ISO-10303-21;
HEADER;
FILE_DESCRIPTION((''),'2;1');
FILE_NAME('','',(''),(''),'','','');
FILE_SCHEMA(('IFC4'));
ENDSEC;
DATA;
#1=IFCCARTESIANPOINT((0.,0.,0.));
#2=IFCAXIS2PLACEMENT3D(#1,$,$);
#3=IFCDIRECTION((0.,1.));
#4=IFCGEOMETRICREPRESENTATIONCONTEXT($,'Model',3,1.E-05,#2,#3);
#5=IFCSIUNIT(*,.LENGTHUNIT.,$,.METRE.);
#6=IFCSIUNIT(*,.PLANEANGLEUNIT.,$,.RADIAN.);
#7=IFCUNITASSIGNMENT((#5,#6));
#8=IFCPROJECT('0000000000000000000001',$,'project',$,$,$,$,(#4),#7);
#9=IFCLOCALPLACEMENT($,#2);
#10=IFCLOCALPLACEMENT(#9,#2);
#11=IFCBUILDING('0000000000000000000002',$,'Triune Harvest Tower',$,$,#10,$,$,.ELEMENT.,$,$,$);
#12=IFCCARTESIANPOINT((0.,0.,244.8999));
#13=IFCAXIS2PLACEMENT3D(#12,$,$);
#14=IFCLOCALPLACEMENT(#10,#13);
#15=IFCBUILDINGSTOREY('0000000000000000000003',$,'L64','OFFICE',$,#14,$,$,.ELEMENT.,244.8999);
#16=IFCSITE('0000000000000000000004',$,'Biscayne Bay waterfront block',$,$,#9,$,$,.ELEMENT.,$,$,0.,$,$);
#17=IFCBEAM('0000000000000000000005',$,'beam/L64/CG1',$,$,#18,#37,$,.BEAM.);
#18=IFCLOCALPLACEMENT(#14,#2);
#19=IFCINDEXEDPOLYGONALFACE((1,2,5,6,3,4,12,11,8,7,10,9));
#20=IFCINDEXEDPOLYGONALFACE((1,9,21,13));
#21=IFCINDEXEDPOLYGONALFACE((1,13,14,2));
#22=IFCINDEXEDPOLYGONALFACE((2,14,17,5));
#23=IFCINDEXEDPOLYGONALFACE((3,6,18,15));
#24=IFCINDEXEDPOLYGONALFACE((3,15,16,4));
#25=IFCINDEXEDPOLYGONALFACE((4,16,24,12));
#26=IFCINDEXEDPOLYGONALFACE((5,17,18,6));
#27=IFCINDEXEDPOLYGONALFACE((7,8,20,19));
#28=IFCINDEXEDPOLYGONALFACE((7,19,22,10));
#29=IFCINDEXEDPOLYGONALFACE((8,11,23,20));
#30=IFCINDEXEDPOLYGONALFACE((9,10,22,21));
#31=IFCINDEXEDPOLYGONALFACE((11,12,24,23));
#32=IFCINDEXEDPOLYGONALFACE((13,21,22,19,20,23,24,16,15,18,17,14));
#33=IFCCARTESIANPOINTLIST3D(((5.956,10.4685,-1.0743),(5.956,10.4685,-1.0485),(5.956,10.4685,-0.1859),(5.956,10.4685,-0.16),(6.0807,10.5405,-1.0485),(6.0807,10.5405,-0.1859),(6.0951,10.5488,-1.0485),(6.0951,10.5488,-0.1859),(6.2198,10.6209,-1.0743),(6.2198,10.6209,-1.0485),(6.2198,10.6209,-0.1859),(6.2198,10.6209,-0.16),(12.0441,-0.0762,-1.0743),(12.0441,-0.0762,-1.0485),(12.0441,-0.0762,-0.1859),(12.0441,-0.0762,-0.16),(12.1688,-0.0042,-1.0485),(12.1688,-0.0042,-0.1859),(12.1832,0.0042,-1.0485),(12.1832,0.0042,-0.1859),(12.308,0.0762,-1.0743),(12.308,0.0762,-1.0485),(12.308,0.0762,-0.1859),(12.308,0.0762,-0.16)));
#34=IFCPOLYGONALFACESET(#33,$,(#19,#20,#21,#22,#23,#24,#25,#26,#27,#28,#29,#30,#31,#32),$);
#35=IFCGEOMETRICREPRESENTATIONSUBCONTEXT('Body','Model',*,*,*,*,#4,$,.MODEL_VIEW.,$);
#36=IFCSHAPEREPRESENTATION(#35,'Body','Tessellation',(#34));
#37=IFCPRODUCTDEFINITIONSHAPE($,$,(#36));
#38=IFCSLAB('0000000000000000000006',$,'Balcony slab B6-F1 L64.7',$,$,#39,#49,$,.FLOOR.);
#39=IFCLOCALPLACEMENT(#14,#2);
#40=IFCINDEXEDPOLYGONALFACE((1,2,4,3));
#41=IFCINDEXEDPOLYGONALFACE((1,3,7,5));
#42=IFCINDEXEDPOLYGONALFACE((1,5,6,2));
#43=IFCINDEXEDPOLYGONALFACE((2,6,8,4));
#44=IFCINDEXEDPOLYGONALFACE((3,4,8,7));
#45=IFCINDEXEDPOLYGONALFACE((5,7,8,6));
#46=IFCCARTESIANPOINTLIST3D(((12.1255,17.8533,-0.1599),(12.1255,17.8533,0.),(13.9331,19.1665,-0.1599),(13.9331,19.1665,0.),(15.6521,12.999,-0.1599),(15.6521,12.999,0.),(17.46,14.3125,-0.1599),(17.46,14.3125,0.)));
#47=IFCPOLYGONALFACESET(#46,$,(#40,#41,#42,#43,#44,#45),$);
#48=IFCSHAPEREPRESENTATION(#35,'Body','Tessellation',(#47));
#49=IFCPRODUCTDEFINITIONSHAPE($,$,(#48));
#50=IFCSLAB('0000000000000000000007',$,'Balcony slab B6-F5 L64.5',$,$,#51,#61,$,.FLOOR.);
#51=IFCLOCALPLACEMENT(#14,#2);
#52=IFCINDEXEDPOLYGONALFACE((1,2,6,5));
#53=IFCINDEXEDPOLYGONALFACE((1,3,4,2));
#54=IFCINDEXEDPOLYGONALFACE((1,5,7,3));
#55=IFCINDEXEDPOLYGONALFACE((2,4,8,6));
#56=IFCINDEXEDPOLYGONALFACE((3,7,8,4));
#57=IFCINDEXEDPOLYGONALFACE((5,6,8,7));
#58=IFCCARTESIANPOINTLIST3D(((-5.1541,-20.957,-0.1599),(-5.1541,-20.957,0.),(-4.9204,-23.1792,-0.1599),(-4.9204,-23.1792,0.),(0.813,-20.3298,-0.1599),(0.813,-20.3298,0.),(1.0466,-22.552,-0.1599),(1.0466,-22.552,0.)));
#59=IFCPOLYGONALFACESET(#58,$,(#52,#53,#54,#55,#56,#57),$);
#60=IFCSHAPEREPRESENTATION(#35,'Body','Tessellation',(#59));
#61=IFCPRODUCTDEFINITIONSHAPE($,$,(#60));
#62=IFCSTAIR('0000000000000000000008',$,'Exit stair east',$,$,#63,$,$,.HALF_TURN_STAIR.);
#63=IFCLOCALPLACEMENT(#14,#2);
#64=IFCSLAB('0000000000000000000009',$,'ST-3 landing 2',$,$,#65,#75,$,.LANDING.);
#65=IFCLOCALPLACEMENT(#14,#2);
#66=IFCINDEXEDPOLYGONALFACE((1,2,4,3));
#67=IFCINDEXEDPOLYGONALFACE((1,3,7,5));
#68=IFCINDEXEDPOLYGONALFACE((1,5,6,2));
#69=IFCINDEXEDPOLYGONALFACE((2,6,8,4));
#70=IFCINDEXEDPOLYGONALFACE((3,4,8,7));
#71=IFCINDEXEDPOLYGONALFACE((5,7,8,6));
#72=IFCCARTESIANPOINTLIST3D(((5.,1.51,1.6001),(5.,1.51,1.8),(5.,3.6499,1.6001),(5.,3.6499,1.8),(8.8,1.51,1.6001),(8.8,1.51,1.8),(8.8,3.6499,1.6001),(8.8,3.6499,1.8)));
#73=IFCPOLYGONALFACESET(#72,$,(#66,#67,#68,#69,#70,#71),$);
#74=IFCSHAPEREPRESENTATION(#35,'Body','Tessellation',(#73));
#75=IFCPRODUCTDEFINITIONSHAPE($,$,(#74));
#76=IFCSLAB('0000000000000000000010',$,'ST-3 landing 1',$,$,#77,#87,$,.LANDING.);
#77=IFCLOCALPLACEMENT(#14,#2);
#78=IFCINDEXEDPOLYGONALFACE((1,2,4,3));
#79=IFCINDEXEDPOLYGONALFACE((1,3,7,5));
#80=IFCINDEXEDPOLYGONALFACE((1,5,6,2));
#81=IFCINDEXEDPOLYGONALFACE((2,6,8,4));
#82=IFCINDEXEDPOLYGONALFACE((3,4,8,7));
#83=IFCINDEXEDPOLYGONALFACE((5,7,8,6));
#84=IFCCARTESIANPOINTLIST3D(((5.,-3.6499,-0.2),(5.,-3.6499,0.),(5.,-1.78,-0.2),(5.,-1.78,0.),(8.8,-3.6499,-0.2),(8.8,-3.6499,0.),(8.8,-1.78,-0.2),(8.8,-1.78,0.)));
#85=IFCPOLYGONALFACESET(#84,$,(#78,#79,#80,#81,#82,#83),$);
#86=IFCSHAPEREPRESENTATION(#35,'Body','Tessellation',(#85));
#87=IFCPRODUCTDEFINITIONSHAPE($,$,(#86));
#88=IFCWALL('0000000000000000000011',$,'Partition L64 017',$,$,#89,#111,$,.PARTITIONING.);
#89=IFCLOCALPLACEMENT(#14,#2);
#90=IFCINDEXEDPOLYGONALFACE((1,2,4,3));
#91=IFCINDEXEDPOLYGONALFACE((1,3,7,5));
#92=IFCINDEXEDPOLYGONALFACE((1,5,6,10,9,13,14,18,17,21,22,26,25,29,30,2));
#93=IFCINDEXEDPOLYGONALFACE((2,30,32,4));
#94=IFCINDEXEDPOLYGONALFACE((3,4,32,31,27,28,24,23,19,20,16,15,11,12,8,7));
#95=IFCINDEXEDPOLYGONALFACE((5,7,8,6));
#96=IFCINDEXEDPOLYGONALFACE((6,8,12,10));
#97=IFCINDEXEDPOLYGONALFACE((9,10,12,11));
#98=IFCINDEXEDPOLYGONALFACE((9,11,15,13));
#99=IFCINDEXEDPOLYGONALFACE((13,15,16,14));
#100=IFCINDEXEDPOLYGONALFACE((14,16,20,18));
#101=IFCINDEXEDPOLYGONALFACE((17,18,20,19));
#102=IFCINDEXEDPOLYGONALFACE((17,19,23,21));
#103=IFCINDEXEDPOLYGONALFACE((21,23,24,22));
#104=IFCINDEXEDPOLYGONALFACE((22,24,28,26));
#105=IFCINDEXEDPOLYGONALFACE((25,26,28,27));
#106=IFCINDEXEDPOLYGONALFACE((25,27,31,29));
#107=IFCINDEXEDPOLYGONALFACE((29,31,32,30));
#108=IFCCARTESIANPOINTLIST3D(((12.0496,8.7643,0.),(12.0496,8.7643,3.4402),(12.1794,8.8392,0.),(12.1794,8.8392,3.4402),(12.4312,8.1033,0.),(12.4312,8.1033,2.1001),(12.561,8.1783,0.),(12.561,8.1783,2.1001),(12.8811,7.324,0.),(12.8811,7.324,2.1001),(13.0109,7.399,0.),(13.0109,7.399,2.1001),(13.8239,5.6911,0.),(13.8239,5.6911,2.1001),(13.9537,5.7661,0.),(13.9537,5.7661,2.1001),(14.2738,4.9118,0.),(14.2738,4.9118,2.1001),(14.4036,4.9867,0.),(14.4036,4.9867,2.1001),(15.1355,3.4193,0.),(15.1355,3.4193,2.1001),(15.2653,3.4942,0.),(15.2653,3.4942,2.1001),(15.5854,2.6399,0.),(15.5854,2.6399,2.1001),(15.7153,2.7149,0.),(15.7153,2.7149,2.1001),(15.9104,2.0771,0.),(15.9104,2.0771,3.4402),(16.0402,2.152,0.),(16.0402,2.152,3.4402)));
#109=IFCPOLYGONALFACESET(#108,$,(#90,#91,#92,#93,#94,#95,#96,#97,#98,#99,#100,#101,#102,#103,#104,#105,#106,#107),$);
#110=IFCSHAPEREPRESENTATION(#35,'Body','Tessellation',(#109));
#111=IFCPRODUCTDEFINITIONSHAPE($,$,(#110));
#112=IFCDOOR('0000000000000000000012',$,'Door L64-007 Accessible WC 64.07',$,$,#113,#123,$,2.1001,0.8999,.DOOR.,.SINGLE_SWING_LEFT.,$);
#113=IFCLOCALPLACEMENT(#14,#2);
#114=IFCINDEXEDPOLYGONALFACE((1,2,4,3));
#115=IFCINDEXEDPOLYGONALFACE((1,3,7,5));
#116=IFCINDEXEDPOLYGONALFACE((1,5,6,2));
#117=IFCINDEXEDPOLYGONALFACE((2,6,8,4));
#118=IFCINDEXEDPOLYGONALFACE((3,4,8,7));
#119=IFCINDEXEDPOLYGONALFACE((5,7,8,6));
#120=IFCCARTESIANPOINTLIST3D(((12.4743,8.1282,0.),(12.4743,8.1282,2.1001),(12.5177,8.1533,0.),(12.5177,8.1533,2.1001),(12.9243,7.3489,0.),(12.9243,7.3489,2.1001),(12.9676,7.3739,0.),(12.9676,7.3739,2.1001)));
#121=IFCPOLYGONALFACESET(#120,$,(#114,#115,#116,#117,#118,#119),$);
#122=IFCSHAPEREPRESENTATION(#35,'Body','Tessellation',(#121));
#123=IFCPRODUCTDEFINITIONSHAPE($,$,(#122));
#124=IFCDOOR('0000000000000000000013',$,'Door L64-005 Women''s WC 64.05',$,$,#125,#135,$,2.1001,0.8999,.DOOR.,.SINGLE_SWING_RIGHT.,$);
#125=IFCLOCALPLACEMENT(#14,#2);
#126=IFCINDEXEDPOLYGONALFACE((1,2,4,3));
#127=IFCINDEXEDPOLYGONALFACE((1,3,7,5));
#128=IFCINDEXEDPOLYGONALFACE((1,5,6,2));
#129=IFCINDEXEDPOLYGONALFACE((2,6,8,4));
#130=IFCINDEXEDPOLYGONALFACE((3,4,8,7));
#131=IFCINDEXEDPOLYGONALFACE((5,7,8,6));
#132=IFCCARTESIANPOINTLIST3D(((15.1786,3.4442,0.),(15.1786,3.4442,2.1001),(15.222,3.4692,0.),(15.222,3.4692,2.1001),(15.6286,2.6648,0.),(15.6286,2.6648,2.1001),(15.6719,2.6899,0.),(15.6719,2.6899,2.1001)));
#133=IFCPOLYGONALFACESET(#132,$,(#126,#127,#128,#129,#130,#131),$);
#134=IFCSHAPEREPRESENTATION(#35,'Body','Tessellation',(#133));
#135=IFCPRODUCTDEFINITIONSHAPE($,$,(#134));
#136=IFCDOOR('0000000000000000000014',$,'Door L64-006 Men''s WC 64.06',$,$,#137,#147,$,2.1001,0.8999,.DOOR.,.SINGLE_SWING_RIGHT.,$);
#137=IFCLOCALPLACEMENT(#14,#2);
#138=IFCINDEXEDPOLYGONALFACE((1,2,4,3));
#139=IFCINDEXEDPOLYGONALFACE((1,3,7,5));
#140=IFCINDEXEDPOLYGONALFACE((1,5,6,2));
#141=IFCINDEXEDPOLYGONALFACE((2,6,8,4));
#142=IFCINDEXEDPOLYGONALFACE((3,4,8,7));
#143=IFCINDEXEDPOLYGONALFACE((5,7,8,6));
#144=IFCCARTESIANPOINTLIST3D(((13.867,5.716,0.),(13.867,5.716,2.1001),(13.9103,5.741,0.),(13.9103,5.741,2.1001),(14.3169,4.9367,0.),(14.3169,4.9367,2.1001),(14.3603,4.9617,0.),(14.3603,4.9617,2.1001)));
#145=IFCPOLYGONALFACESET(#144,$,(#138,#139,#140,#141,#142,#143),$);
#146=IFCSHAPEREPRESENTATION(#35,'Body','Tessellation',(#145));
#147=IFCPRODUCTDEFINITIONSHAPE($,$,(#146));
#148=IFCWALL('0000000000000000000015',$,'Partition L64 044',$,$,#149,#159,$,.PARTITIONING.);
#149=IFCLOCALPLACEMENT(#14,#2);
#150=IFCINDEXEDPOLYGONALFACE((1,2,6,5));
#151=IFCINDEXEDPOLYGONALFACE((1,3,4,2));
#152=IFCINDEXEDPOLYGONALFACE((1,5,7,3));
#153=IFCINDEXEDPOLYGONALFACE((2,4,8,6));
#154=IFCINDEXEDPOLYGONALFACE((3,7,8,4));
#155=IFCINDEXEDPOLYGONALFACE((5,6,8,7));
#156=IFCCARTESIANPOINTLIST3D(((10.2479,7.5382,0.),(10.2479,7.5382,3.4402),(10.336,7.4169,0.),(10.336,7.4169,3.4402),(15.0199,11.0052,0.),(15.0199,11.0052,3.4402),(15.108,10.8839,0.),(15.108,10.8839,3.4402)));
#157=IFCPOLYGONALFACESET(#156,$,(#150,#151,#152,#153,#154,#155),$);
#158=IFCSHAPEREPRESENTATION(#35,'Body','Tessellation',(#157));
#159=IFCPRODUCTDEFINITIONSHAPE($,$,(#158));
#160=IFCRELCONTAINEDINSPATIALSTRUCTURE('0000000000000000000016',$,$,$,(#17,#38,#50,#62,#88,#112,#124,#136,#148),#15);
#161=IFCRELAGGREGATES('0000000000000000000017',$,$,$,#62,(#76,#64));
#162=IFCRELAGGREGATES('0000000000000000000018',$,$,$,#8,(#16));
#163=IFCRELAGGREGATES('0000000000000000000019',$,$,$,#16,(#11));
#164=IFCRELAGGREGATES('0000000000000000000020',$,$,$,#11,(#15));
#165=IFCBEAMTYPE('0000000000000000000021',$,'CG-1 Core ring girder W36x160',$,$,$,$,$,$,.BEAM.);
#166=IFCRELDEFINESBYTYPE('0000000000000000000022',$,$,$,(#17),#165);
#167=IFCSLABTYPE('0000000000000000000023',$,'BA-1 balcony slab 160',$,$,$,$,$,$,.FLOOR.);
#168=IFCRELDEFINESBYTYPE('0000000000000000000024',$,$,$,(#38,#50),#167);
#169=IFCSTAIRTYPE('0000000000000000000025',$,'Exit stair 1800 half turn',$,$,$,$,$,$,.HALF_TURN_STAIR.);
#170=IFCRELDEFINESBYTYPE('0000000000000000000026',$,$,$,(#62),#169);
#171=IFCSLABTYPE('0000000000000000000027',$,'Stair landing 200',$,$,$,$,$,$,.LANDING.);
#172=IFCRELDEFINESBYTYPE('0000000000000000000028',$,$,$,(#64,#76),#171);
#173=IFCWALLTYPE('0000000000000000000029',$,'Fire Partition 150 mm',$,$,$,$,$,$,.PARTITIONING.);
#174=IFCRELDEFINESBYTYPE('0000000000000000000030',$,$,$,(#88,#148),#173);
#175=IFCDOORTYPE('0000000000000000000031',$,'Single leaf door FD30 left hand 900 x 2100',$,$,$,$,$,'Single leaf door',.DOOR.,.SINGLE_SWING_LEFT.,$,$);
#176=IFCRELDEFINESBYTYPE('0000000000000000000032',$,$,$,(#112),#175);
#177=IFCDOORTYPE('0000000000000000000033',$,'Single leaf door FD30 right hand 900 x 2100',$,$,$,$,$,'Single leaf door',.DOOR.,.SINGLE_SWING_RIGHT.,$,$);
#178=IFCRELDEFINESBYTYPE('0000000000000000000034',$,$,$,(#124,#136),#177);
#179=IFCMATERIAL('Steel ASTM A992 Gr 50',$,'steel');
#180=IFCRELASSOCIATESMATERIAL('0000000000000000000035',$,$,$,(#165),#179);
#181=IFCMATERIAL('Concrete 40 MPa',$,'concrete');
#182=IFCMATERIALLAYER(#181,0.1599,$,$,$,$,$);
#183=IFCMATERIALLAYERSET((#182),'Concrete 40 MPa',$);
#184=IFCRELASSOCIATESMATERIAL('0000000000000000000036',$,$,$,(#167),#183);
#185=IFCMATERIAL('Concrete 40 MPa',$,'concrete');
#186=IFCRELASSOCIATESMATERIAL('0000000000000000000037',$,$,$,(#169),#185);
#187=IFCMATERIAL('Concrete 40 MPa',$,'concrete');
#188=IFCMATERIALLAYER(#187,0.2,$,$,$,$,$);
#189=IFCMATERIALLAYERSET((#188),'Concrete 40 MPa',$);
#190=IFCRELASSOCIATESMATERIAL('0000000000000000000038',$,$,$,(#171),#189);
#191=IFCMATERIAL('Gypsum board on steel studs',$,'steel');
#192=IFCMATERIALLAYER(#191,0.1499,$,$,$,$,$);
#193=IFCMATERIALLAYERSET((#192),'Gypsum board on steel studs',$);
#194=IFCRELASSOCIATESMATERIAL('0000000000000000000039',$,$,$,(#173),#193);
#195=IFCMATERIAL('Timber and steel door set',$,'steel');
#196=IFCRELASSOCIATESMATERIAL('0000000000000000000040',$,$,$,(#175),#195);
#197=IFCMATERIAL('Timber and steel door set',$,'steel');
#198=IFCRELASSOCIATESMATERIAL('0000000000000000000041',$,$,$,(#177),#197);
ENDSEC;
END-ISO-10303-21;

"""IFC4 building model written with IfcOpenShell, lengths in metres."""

from ifc_helpers import new_model, si_unit, direction, frame, frame_2d, origin, origin_2d, place, context, subcontext, project, spatial, polyline, rectangle, i_section, outline, extrude, source, transform, mapped, material, layer, layer_set, material_profile, profile_set, type_object, element, fill, aggregate, save


model = new_model("IFC4")

# Units and contexts
model_context = context("Model", 3, precision=1e-05, world=origin(), true_north=direction((0.0, 1.0)))
body_context = subcontext(model_context, "Body", "Model", "MODEL_VIEW")
ifc_project = project(units=[si_unit("LENGTHUNIT", "METRE"), si_unit("PLANEANGLEUNIT", "RADIAN")], contexts=[model_context])

# Site, building, storey
site_placement = place(None, origin())
site = spatial("IfcSite", under=ifc_project, at=site_placement, Name="Biscayne Bay waterfront block", CompositionType="ELEMENT", RefElevation=0.0)
building_placement = place(site_placement, origin())
building = spatial("IfcBuilding", under=site, at=building_placement, Name="Triune Harvest Tower", CompositionType="ELEMENT")
storey_placement = place(building_placement, frame((0.0, 0.0, 244.8999)))
storey = spatial("IfcBuildingStorey", under=building, at=storey_placement, Name="L64", Description="OFFICE", CompositionType="ELEMENT", Elevation=244.8999)

# Beam
ifc_material_1 = material(Name="Steel ASTM A992 Gr 50", Category="steel")
ifc_material_profile = material_profile(ifc_material_1, i_section(OverallWidth=0.3047, OverallDepth=0.9143, WebThickness=0.0166, FlangeThickness=0.0259, at=origin_2d()), Name="W36x160")
ifc_profile_set = profile_set([ifc_material_profile], Name="Steel ASTM A992 Gr 50")
beam_type = type_object("IfcBeamType", Name="CG-1 Core ring girder W36x160", PredefinedType="BEAM", material=ifc_profile_set)
shared_shape_1 = source(origin(), body_context, "Body", "SweptSolid", [
    extrude(i_section(OverallWidth=0.3047, OverallDepth=0.9143, WebThickness=0.0166, FlangeThickness=0.0259, at=origin_2d()), origin(), (0.0, 0.0, 1.0), 12.176),
])
beam_placement = place(storey_placement, frame((12.176, 0.0, -0.6172), z_axis=(-0.50001, 0.86602, 0.0), x_axis=(-0.86602, -0.50001, 0.0)))
element("IfcBeam", 1, at=beam_placement, inside=storey, type_object=beam_type, Name="beam/L64/CG1", PredefinedType="BEAM", context=body_context, shape_type="MappedRepresentation", body=[
    mapped(shared_shape_1, transform((0.0, 0.0, 0.0), scale=1.0)),
])

# Slabs
ifc_material_2 = material(Name="Concrete 40 MPa", Category="concrete")
ifc_layer_1 = layer(ifc_material_2, 0.1599)
ifc_layer_set_1 = layer_set([ifc_layer_1], Name="Concrete 40 MPa")
slab_type_1 = type_object("IfcSlabType", Name="BA-1 balcony slab 160", PredefinedType="FLOOR", material=ifc_layer_set_1)
slab_1_placement = place(storey_placement, frame((0.0, 0.0, -0.1599)))
element("IfcSlab", 2, at=slab_1_placement, inside=storey, type_object=slab_type_1, Name="Balcony slab B6-F1 L64.7", PredefinedType="FLOOR", context=body_context, shape_type="SweptSolid", body=[
    extrude(outline(polyline([(15.6521, 12.999), (12.1255, 17.8533), (13.9331, 19.1665), (17.46, 14.3125), (15.6521, 12.999)])), origin(), (0.0, 0.0, 1.0), 0.1599),
])
slab_2_placement = place(storey_placement, frame((0.0, 0.0, -0.1599)))
element("IfcSlab", 3, at=slab_2_placement, inside=storey, type_object=slab_type_1, Name="Balcony slab B6-F5 L64.5", PredefinedType="FLOOR", context=body_context, shape_type="SweptSolid", body=[
    extrude(outline(polyline([(-5.1541, -20.957), (0.813, -20.3298), (1.0466, -22.552), (-4.9204, -23.1792), (-5.1541, -20.957)])), origin(), (0.0, 0.0, 1.0), 0.1599),
])

# Stair, slabs
ifc_material_3 = material(Name="Concrete 40 MPa", Category="concrete")
stair_type = type_object("IfcStairType", Name="Exit stair 1800 half turn", PredefinedType="HALF_TURN_STAIR", material=ifc_material_3)
stair_1_placement = place(storey_placement, origin())
stair_1 = element("IfcStair", 4, at=stair_1_placement, inside=storey, type_object=stair_type, Name="Exit stair east", PredefinedType="HALF_TURN_STAIR")
ifc_material_4 = material(Name="Concrete 40 MPa", Category="concrete")
ifc_layer_2 = layer(ifc_material_4, 0.2)
ifc_layer_set_2 = layer_set([ifc_layer_2], Name="Concrete 40 MPa")
slab_type_2 = type_object("IfcSlabType", Name="Stair landing 200", PredefinedType="LANDING", material=ifc_layer_set_2)
shared_shape_2 = source(origin(), body_context, "Body", "SweptSolid", [
    extrude(outline(polyline([(8.8, 1.51), (8.8, 3.6499), (5.0, 3.6499), (5.0, 1.51), (8.8, 1.51)])), origin(), (0.0, 0.0, 1.0), 0.2),
])
slab_3_placement = place(storey_placement, frame((0.0, 0.0, 1.6001)))
slab_3 = element("IfcSlab", 5, at=slab_3_placement, type_object=slab_type_2, Name="ST-3 landing 2", PredefinedType="LANDING", context=body_context, shape_type="MappedRepresentation", body=[
    mapped(shared_shape_2, transform((0.0, 0.0, 0.0), scale=1.0)),
])
shared_shape_3 = source(origin(), body_context, "Body", "SweptSolid", [
    extrude(outline(polyline([(8.8, -3.6499), (8.8, -1.78), (5.0, -1.78), (5.0, -3.6499), (8.8, -3.6499)])), origin(), (0.0, 0.0, 1.0), 0.2),
])
slab_4_placement = place(storey_placement, frame((0.0, 0.0, -0.2)))
slab_4 = element("IfcSlab", 6, at=slab_4_placement, type_object=slab_type_2, Name="ST-3 landing 1", PredefinedType="LANDING", context=body_context, shape_type="MappedRepresentation", body=[
    mapped(shared_shape_3, transform((0.0, 0.0, 0.0), scale=1.0)),
])

# Wall, openings, doors
ifc_material_5 = material(Name="Gypsum board on steel studs", Category="steel")
ifc_layer_3 = layer(ifc_material_5, 0.1499)
ifc_layer_set_3 = layer_set([ifc_layer_3], Name="Gypsum board on steel studs")
wall_type_1 = type_object("IfcWallType", Name="Fire Partition 150 mm", PredefinedType="PARTITIONING", material=ifc_layer_set_3)
wall_1_placement = place(storey_placement, frame((12.1145, 8.8018, 0.0), z_axis=(0.0, 0.0, 1.0), x_axis=(0.499995, -0.866028, 0.0)))
wall_1 = element("IfcWall", 7, at=wall_1_placement, inside=storey, type_object=wall_type_1, Name="Partition L64 017", PredefinedType="PARTITIONING", context=body_context, shape_type="SweptSolid", body=[
    extrude(rectangle(XDim=7.7217, YDim=0.1499, at=frame_2d((3.8608, 0.0))), origin(), (0.0, 0.0, 1.0), 3.4402),
])
opening_1_placement = place(wall_1_placement, frame((6.1719, 0.0, 0.0)))
opening_1 = element("IfcOpeningElement", 8, at=opening_1_placement, cuts=wall_1, PredefinedType="OPENING", context=body_context, shape_type="SweptSolid", body=[
    extrude(rectangle(XDim=0.8999, YDim=2.1001, at=frame_2d((0.45, 1.05))), frame((0.0, 0.085, 0.0), z_axis=(0.0, -1.0, 0.0), x_axis=(1.0, 0.0, 0.0)), (0.0, 0.0, 1.0), 0.1699),
])
opening_2_placement = place(wall_1_placement, frame((3.5486, 0.0, 0.0)))
opening_2 = element("IfcOpeningElement", 9, at=opening_2_placement, cuts=wall_1, PredefinedType="OPENING", context=body_context, shape_type="SweptSolid", body=[
    extrude(rectangle(XDim=0.8999, YDim=2.1001, at=frame_2d((0.45, 1.05))), frame((0.0, 0.085, 0.0), z_axis=(0.0, -1.0, 0.0), x_axis=(1.0, 0.0, 0.0)), (0.0, 0.0, 1.0), 0.1699),
])
opening_3_placement = place(wall_1_placement, frame((0.7632, 0.0, 0.0)))
opening_3 = element("IfcOpeningElement", 10, at=opening_3_placement, cuts=wall_1, PredefinedType="OPENING", context=body_context, shape_type="SweptSolid", body=[
    extrude(rectangle(XDim=0.8999, YDim=2.1001, at=frame_2d((0.45, 1.05))), frame((0.0, 0.085, 0.0), z_axis=(0.0, -1.0, 0.0), x_axis=(1.0, 0.0, 0.0)), (0.0, 0.0, 1.0), 0.1699),
])
ifc_material_6 = material(Name="Timber and steel door set", Category="steel")
door_type_1 = type_object("IfcDoorType", Name="Single leaf door FD30 left hand 900 x 2100", ElementType="Single leaf door", OperationType="SINGLE_SWING_LEFT", PredefinedType="DOOR", material=ifc_material_6)
door_1_placement = place(opening_3_placement, origin())
door_1 = element("IfcDoor", 11, at=door_1_placement, inside=storey, type_object=door_type_1, Name="Door L64-007 Accessible WC 64.07", OperationType="SINGLE_SWING_LEFT", OverallHeight=2.1001, OverallWidth=0.8999, PredefinedType="DOOR", context=body_context, shape_type="SweptSolid", body=[
    extrude(rectangle(XDim=0.8999, YDim=2.1001, at=frame_2d((0.45, 1.05))), frame((0.0, 0.0249, 0.0), z_axis=(0.0, -1.0, 0.0), x_axis=(1.0, 0.0, 0.0)), (0.0, 0.0, 1.0), 0.05),
])
fill(opening_3, door_1)
ifc_material_7 = material(Name="Timber and steel door set", Category="steel")
door_type_2 = type_object("IfcDoorType", Name="Single leaf door FD30 right hand 900 x 2100", ElementType="Single leaf door", OperationType="SINGLE_SWING_RIGHT", PredefinedType="DOOR", material=ifc_material_7)
door_2_placement = place(opening_1_placement, origin())
door_2 = element("IfcDoor", 12, at=door_2_placement, inside=storey, type_object=door_type_2, Name="Door L64-005 Women's WC 64.05", OperationType="SINGLE_SWING_RIGHT", OverallHeight=2.1001, OverallWidth=0.8999, PredefinedType="DOOR", context=body_context, shape_type="SweptSolid", body=[
    extrude(rectangle(XDim=0.8999, YDim=2.1001, at=frame_2d((0.45, 1.05))), frame((0.0, 0.0249, 0.0), z_axis=(0.0, -1.0, 0.0), x_axis=(1.0, 0.0, 0.0)), (0.0, 0.0, 1.0), 0.05),
])
fill(opening_1, door_2)
door_3_placement = place(opening_2_placement, origin())
door_3 = element("IfcDoor", 13, at=door_3_placement, inside=storey, type_object=door_type_2, Name="Door L64-006 Men's WC 64.06", OperationType="SINGLE_SWING_RIGHT", OverallHeight=2.1001, OverallWidth=0.8999, PredefinedType="DOOR", context=body_context, shape_type="SweptSolid", body=[
    extrude(rectangle(XDim=0.8999, YDim=2.1001, at=frame_2d((0.45, 1.05))), frame((0.0, 0.0249, 0.0), z_axis=(0.0, -1.0, 0.0), x_axis=(1.0, 0.0, 0.0)), (0.0, 0.0, 1.0), 0.05),
])
fill(opening_2, door_3)

# Wall
wall_2_placement = place(storey_placement, frame((10.292, 7.4775, 0.0), z_axis=(0.0, 0.0, 1.0), x_axis=(0.809017, 0.587785, 0.0)))
element("IfcWall", 14, at=wall_2_placement, inside=storey, type_object=wall_type_1, Name="Partition L64 044", PredefinedType="PARTITIONING", context=body_context, shape_type="SweptSolid", body=[
    extrude(rectangle(XDim=5.8984, YDim=0.1499, at=frame_2d((2.9492, 0.0))), origin(), (0.0, 0.0, 1.0), 3.4402),
])

aggregate(stair_1, [slab_4, slab_3])

save(model, "model.ifc")
